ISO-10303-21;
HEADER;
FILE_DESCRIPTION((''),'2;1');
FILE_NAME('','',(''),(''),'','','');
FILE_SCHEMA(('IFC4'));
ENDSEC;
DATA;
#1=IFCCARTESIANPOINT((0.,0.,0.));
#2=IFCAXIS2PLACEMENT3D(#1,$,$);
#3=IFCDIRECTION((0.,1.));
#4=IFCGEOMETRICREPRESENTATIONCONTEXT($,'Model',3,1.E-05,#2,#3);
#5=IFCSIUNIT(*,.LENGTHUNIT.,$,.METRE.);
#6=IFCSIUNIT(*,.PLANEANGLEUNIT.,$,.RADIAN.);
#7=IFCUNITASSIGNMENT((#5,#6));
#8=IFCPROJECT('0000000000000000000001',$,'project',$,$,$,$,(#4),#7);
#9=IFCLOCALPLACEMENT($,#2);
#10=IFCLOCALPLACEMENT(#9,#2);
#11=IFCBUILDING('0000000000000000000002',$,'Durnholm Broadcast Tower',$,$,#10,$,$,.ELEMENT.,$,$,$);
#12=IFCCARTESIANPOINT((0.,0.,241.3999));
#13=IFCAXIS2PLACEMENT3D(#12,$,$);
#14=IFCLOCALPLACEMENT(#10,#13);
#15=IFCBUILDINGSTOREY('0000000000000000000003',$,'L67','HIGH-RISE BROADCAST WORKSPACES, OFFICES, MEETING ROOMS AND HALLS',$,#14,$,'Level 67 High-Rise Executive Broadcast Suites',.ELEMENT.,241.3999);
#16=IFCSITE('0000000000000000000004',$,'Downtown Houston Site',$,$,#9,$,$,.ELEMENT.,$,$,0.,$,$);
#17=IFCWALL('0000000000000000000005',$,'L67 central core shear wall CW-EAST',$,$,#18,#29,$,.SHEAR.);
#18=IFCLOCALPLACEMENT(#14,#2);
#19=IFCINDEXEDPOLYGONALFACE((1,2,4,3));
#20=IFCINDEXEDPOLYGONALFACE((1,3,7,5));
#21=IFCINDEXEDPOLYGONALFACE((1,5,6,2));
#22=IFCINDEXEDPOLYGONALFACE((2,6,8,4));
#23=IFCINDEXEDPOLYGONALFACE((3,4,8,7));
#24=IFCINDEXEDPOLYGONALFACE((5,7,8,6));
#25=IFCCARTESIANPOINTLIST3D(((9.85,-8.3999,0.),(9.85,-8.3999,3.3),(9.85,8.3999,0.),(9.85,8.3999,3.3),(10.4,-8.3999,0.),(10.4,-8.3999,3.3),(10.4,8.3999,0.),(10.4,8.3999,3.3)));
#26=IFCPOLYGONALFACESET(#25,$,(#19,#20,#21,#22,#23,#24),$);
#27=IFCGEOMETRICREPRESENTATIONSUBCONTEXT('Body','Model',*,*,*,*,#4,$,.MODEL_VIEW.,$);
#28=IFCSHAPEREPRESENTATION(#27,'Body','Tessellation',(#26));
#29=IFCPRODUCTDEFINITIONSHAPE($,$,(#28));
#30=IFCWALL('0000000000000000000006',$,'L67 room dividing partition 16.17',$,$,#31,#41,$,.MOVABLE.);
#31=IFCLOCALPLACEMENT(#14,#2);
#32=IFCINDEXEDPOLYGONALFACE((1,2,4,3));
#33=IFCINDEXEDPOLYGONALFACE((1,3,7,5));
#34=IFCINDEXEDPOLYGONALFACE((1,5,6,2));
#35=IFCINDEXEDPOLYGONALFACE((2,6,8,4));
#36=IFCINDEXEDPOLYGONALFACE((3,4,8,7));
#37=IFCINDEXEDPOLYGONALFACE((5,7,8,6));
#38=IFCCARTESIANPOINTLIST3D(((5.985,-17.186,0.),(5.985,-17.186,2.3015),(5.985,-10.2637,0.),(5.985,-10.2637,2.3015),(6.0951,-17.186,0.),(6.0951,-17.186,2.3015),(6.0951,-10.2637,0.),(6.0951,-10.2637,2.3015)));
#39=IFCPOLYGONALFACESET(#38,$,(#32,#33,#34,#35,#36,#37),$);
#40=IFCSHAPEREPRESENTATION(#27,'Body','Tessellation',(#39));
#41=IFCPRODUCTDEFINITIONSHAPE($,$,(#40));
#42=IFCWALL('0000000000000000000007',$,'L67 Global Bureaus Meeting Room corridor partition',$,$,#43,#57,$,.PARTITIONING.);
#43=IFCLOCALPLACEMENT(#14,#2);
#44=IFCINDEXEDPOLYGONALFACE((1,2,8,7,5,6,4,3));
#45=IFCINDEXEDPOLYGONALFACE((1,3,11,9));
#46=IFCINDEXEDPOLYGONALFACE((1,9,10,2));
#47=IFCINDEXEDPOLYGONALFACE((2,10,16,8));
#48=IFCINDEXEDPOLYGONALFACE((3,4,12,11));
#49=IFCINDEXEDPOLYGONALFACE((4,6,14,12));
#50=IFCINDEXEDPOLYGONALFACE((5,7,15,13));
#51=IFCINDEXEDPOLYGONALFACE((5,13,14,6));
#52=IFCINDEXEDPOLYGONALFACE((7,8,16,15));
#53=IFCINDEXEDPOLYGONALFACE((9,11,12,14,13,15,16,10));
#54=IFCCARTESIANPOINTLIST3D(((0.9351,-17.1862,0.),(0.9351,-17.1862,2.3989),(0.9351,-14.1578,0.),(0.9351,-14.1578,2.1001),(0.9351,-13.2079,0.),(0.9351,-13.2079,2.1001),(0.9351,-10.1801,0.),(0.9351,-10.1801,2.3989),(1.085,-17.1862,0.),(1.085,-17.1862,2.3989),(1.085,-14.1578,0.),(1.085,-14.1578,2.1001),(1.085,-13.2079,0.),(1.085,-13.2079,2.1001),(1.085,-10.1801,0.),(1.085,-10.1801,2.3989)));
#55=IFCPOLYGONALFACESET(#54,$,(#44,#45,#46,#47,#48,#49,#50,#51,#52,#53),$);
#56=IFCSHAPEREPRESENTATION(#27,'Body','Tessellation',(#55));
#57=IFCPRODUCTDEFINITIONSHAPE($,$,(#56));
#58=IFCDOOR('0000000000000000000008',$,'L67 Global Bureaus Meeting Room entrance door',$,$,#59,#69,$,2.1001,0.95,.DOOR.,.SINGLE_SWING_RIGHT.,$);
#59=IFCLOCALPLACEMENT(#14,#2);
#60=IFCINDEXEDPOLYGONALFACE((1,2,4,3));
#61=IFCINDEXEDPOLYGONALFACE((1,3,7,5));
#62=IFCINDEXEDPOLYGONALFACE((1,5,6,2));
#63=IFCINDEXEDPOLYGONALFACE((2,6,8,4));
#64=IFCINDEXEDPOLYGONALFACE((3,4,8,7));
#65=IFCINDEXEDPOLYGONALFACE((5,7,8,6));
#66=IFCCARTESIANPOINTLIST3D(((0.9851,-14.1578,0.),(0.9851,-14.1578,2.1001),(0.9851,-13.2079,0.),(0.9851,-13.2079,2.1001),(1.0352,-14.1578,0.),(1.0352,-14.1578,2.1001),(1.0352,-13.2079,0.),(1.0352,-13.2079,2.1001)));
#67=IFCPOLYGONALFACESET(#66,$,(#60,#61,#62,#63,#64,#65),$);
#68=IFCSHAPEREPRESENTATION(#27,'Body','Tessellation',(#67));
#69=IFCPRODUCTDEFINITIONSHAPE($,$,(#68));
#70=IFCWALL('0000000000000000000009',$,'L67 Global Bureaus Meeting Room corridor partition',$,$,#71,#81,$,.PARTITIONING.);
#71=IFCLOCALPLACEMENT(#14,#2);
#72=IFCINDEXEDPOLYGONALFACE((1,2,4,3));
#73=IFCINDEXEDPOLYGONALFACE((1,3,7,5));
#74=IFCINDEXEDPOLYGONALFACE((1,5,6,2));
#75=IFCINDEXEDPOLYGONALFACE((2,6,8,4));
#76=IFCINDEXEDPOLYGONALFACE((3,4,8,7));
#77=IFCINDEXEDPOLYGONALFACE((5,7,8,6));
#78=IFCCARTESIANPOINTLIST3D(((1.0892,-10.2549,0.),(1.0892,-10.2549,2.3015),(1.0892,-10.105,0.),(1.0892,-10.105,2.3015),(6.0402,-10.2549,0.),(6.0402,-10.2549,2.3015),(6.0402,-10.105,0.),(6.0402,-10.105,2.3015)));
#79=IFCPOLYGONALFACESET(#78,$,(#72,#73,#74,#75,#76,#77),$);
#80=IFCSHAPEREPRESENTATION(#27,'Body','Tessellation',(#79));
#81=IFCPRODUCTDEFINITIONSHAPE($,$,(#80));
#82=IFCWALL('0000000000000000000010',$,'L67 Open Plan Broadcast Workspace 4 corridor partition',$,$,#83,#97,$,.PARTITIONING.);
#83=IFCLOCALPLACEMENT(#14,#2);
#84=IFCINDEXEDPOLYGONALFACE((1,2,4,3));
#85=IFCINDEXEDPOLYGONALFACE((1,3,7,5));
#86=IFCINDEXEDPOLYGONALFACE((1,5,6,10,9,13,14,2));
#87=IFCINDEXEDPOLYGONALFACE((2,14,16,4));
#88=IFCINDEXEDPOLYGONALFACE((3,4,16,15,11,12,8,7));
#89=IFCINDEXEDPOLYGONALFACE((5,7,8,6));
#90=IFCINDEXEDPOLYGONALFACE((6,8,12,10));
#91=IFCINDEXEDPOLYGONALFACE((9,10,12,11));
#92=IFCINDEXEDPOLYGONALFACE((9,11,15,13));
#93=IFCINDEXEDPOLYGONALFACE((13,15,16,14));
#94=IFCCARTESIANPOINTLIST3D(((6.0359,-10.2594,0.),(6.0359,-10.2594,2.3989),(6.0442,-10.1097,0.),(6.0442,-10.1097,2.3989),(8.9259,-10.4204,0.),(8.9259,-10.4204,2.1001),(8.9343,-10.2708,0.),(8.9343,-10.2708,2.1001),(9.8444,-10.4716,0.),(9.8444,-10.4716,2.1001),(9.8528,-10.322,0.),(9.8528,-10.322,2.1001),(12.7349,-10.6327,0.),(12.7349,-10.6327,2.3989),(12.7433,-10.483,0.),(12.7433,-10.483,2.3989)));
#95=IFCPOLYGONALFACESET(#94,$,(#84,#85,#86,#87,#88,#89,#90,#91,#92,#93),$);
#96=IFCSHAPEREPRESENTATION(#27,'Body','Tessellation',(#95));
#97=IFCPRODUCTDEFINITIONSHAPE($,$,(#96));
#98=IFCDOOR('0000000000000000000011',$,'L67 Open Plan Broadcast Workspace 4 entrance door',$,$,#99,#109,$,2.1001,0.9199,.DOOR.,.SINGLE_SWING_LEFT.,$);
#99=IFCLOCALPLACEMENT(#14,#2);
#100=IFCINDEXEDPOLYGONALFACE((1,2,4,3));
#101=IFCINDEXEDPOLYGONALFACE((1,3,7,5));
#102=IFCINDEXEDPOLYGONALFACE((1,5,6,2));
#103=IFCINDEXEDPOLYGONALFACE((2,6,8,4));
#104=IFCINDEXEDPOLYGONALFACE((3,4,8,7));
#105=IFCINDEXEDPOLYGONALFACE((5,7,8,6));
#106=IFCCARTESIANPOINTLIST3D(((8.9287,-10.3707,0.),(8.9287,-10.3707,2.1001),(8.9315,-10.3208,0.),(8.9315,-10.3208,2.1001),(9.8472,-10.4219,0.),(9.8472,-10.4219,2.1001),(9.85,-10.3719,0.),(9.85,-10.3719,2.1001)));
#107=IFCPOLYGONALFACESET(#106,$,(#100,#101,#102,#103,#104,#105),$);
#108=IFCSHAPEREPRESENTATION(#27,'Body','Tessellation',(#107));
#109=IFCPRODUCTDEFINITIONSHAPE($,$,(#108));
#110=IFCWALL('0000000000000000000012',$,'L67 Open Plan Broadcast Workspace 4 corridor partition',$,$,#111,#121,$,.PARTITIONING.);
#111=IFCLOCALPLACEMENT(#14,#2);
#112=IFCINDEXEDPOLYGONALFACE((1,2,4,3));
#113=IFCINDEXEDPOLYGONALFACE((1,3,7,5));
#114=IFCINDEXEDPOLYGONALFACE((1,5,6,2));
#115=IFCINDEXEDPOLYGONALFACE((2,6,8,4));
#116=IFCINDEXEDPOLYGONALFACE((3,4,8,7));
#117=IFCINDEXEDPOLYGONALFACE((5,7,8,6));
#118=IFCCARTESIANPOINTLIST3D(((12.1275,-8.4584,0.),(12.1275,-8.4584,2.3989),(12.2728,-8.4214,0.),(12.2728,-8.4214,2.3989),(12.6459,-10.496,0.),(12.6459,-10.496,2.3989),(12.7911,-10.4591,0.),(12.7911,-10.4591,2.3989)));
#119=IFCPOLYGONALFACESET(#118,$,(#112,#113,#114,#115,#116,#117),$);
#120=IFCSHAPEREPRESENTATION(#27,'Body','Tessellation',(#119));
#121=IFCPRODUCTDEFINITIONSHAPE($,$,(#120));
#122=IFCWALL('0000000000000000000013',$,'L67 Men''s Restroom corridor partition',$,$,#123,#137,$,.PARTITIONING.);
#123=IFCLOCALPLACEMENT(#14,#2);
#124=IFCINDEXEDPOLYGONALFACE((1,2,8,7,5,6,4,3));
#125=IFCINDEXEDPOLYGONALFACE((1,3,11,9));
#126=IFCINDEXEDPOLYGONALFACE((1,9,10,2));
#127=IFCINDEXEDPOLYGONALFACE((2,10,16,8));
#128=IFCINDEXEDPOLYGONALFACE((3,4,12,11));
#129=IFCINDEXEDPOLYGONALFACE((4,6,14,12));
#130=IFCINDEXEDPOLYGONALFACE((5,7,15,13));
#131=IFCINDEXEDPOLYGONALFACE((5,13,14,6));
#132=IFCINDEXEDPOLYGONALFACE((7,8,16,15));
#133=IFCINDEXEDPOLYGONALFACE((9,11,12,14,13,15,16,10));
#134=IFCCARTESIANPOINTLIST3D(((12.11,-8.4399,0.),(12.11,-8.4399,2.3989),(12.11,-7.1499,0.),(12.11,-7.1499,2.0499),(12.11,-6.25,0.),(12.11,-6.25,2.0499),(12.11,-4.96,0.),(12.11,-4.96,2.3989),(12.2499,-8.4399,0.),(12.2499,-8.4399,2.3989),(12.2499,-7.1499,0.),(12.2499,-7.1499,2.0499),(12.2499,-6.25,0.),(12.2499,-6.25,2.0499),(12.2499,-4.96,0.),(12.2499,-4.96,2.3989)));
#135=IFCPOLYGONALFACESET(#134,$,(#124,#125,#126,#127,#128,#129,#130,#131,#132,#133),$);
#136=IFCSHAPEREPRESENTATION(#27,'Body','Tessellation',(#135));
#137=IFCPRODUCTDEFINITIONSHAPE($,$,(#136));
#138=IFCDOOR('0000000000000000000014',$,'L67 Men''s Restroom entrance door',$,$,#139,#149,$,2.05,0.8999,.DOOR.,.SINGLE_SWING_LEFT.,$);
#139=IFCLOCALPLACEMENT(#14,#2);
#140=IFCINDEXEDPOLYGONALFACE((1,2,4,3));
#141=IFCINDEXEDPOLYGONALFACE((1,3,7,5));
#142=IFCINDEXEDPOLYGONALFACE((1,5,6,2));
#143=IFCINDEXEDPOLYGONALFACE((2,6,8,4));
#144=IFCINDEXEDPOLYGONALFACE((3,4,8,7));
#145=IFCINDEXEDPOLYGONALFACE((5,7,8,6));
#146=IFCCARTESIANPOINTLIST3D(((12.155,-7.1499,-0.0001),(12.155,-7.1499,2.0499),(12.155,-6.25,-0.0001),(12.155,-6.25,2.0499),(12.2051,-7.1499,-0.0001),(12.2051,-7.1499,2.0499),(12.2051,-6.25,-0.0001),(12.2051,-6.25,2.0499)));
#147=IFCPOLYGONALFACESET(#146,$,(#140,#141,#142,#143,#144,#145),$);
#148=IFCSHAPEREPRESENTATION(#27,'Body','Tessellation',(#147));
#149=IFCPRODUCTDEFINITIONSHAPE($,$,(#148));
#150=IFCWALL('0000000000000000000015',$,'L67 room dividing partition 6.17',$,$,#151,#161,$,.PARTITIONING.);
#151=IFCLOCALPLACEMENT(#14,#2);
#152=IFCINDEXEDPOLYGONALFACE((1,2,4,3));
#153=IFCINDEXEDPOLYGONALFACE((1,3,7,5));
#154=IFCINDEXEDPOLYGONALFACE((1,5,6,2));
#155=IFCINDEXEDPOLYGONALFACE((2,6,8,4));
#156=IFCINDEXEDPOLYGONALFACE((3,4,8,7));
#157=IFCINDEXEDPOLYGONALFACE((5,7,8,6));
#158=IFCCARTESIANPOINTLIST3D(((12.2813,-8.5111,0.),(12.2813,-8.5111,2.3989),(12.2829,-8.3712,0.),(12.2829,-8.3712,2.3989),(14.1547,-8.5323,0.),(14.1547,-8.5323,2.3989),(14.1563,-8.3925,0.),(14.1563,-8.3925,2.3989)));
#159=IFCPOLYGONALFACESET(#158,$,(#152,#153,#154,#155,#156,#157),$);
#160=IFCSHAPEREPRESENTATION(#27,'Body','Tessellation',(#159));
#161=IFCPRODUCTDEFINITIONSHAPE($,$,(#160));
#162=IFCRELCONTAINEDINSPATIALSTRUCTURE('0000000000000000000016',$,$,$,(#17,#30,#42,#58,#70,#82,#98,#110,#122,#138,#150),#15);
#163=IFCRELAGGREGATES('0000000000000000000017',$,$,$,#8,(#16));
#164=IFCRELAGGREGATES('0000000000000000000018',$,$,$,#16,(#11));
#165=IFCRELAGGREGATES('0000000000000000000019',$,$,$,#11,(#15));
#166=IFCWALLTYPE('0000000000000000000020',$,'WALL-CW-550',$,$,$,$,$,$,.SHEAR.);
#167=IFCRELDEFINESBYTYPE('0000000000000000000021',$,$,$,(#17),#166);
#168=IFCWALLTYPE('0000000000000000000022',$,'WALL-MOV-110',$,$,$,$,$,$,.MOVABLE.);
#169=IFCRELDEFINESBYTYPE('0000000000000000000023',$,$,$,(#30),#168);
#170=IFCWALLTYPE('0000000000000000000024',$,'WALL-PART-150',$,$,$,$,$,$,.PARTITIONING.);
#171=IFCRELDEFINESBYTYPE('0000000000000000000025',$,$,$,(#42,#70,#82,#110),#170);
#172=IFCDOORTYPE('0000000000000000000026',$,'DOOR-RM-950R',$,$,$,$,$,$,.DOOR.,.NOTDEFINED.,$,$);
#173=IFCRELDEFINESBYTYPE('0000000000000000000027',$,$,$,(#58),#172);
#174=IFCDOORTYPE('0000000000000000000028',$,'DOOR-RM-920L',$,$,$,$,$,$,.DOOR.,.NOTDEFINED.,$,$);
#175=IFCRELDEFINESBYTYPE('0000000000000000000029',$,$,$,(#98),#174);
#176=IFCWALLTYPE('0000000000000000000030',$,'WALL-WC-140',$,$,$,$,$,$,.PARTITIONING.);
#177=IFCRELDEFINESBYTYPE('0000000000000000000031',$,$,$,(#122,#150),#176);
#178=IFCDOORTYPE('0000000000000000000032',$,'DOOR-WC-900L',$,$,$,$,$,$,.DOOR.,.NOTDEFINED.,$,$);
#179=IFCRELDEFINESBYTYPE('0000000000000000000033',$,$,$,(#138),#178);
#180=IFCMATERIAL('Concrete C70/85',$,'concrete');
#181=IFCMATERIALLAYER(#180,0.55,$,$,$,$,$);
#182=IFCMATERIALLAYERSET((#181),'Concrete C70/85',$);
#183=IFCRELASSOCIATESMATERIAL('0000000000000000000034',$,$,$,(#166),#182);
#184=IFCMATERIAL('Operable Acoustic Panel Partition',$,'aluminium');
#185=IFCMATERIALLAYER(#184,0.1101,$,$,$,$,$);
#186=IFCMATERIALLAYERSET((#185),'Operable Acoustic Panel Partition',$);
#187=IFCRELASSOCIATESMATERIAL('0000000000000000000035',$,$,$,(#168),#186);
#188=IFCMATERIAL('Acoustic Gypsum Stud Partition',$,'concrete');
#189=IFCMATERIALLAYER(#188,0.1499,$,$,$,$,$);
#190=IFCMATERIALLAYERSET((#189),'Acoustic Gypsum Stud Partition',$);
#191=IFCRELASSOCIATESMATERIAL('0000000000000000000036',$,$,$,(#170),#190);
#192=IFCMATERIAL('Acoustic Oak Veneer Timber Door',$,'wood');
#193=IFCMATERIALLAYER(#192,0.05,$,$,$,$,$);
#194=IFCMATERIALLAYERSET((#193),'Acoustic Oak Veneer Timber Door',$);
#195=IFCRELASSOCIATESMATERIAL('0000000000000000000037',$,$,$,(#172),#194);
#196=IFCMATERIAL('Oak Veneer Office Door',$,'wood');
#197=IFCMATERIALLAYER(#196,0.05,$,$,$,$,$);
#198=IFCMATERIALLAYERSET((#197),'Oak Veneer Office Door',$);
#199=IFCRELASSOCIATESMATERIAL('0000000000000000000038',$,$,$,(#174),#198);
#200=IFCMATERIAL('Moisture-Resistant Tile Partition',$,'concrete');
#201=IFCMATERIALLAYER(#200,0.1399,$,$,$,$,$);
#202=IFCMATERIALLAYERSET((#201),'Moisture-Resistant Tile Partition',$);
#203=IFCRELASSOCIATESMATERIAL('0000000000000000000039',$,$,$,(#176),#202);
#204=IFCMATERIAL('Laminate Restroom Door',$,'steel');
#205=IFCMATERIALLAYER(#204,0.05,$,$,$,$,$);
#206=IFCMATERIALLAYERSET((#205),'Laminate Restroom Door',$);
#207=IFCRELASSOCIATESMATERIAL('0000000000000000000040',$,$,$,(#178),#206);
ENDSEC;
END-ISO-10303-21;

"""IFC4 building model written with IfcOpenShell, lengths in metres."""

from ifc_helpers import new_model, si_unit, direction, frame, frame_2d, origin, place, context, subcontext, project, spatial, rectangle, extrude, source, transform, mapped, material, layer, layer_set, type_object, type_shapes, element, fill, save


model = new_model("IFC4")

# Units and contexts
model_context = context("Model", 3, precision=1e-05, world=origin(), true_north=direction((0.0, 1.0)))
body_context = subcontext(model_context, "Body", "Model", "MODEL_VIEW")
ifc_project = project(units=[si_unit("LENGTHUNIT", "METRE"), si_unit("PLANEANGLEUNIT", "RADIAN")], contexts=[model_context])

# Site, building, storey
site_placement = place(None, origin())
site = spatial("IfcSite", under=ifc_project, at=site_placement, Name="Downtown Houston Site", CompositionType="ELEMENT", RefElevation=0.0)
building_placement = place(site_placement, origin())
building = spatial("IfcBuilding", under=site, at=building_placement, Name="Durnholm Broadcast Tower", CompositionType="ELEMENT")
storey_placement = place(building_placement, frame((0.0, 0.0, 241.3999)))
storey = spatial("IfcBuildingStorey", under=building, at=storey_placement, Name="L67", Description="HIGH-RISE BROADCAST WORKSPACES, OFFICES, MEETING ROOMS AND HALLS", LongName="Level 67 High-Rise Executive Broadcast Suites", CompositionType="ELEMENT", Elevation=241.3999)

# Shared definitions
ifc_material_1 = material(Name="Concrete C70/85", Category="concrete")

# Walls
ifc_layer_1 = layer(ifc_material_1, 0.55)
ifc_layer_set_1 = layer_set([ifc_layer_1], Name="Concrete C70/85")
wall_type_1 = type_object("IfcWallType", Name="WALL-CW-550", PredefinedType="SHEAR", material=ifc_layer_set_1)
wall_1_placement = place(storey_placement, frame((10.125, -8.3999, 0.0), z_axis=(0.0, 0.0, 1.0), x_axis=(0.0, 1.0, 0.0)))
element("IfcWall", 1, at=wall_1_placement, inside=storey, type_object=wall_type_1, Name="L67 central core shear wall CW-EAST", PredefinedType="SHEAR", context=body_context, shape_type="SweptSolid", body=[
    extrude(rectangle(XDim=16.7998, YDim=0.55, at=frame_2d((8.3999, 0.0))), origin(), (0.0, 0.0, 1.0), 3.3),
])
ifc_material_2 = material(Name="Operable Acoustic Panel Partition", Category="aluminium")
ifc_layer_2 = layer(ifc_material_2, 0.1101)
ifc_layer_set_2 = layer_set([ifc_layer_2], Name="Operable Acoustic Panel Partition")
wall_type_2 = type_object("IfcWallType", Name="WALL-MOV-110", PredefinedType="MOVABLE", material=ifc_layer_set_2)
wall_2_placement = place(storey_placement, frame((6.04, -10.2637, 0.0), z_axis=(0.0, 0.0, 1.0), x_axis=(0.0, -1.0, 0.0)))
element("IfcWall", 2, at=wall_2_placement, inside=storey, type_object=wall_type_2, Name="L67 room dividing partition 16.17", PredefinedType="MOVABLE", context=body_context, shape_type="SweptSolid", body=[
    extrude(rectangle(XDim=6.9224, YDim=0.1101, at=frame_2d((3.4612, 0.0))), origin(), (0.0, 0.0, 1.0), 2.3015),
])

# Wall, opening, door
ifc_material_3 = material(Name="Acoustic Gypsum Stud Partition", Category="concrete")
ifc_layer_3 = layer(ifc_material_3, 0.1499)
ifc_layer_set_3 = layer_set([ifc_layer_3], Name="Acoustic Gypsum Stud Partition")
wall_type_3 = type_object("IfcWallType", Name="WALL-PART-150", PredefinedType="PARTITIONING", material=ifc_layer_set_3)
wall_3_placement = place(storey_placement, frame((1.01, -17.186, 0.0), z_axis=(0.0, 0.0, 1.0), x_axis=(0.0, 1.0, 0.0)))
wall_3 = element("IfcWall", 3, at=wall_3_placement, inside=storey, type_object=wall_type_3, Name="L67 Global Bureaus Meeting Room corridor partition", PredefinedType="PARTITIONING", context=body_context, shape_type="SweptSolid", body=[
    extrude(rectangle(XDim=7.0061, YDim=0.1499, at=frame_2d((3.5029, 0.0))), origin(), (0.0, 0.0, 1.0), 2.3989),
])
opening_1_placement = place(wall_3_placement, frame((3.0281, 0.0, 0.0)))
opening_1 = element("IfcOpeningElement", 4, at=opening_1_placement, cuts=wall_3, PredefinedType="OPENING", context=body_context, shape_type="SweptSolid", body=[
    extrude(rectangle(XDim=0.95, YDim=2.1001, at=frame_2d((0.4751, 1.05))), frame((0.0, 0.085, 0.0), z_axis=(0.0, -1.0, 0.0), x_axis=(1.0, 0.0, 0.0)), (0.0, 0.0, 1.0), 0.1699),
])
ifc_material_4 = material(Name="Acoustic Oak Veneer Timber Door", Category="wood")
ifc_layer_4 = layer(ifc_material_4, 0.05)
ifc_layer_set_4 = layer_set([ifc_layer_4], Name="Acoustic Oak Veneer Timber Door")
door_type_1 = type_object("IfcDoorType", Name="DOOR-RM-950R", OperationType="NOTDEFINED", PredefinedType="DOOR", material=ifc_layer_set_4)
shared_shape_1 = source(origin(), body_context, "Body", "SweptSolid", [
    extrude(rectangle(XDim=0.95, YDim=2.1001, at=frame_2d((0.4751, 1.05))), frame((0.0, 0.0249, 0.0), z_axis=(0.0, -1.0, 0.0), x_axis=(1.0, 0.0, 0.0)), (0.0, 0.0, 1.0), 0.05),
])
type_shapes(door_type_1, [shared_shape_1])
door_1_placement = place(opening_1_placement, origin())
door_1 = element("IfcDoor", 5, at=door_1_placement, inside=storey, type_object=door_type_1, Name="L67 Global Bureaus Meeting Room entrance door", OperationType="SINGLE_SWING_RIGHT", OverallHeight=2.1001, OverallWidth=0.95, PredefinedType="DOOR", context=body_context, shape_type="MappedRepresentation", body=[
    mapped(shared_shape_1, transform((0.0, 0.0, 0.0), x_axis=(1.0, 0.0, 0.0), y_axis=(0.0, 1.0, 0.0), z_axis=(0.0, 0.0, 1.0), scale=1.0)),
])
fill(opening_1, door_1)

# Wall
wall_4_placement = place(storey_placement, frame((1.0891, -10.1799, 0.0), z_axis=(0.0, 0.0, 1.0), x_axis=(1.0, 0.0, 0.0)))
element("IfcWall", 6, at=wall_4_placement, inside=storey, type_object=wall_type_3, Name="L67 Global Bureaus Meeting Room corridor partition", PredefinedType="PARTITIONING", context=body_context, shape_type="SweptSolid", body=[
    extrude(rectangle(XDim=4.9509, YDim=0.1499, at=frame_2d((2.4756, 0.0))), origin(), (0.0, 0.0, 1.0), 2.3015),
])

# Wall, opening, door
wall_5_placement = place(storey_placement, frame((6.04, -10.1846, 0.0), z_axis=(0.0, 0.0, 1.0), x_axis=(0.998451, -0.055637, 0.0)))
wall_5 = element("IfcWall", 7, at=wall_5_placement, inside=storey, type_object=wall_type_3, Name="L67 Open Plan Broadcast Workspace 4 corridor partition", PredefinedType="PARTITIONING", context=body_context, shape_type="SweptSolid", body=[
    extrude(rectangle(XDim=6.7095, YDim=0.1499, at=frame_2d((3.3547, 0.0))), origin(), (0.0, 0.0, 1.0), 2.3989),
])
opening_2_placement = place(wall_5_placement, frame((2.8945, 0.0, 0.0)))
opening_2 = element("IfcOpeningElement", 8, at=opening_2_placement, cuts=wall_5, PredefinedType="OPENING", context=body_context, shape_type="SweptSolid", body=[
    extrude(rectangle(XDim=0.9199, YDim=2.1001, at=frame_2d((0.46, 1.05))), frame((0.0, 0.085, 0.0), z_axis=(0.0, -1.0, 0.0), x_axis=(1.0, 0.0, 0.0)), (0.0, 0.0, 1.0), 0.1699),
])
ifc_material_5 = material(Name="Oak Veneer Office Door", Category="wood")
ifc_layer_5 = layer(ifc_material_5, 0.05)
ifc_layer_set_5 = layer_set([ifc_layer_5], Name="Oak Veneer Office Door")
door_type_2 = type_object("IfcDoorType", Name="DOOR-RM-920L", OperationType="NOTDEFINED", PredefinedType="DOOR", material=ifc_layer_set_5)
shared_shape_2 = source(origin(), body_context, "Body", "SweptSolid", [
    extrude(rectangle(XDim=0.9199, YDim=2.1001, at=frame_2d((0.46, 1.05))), frame((0.0, 0.0249, 0.0), z_axis=(0.0, -1.0, 0.0), x_axis=(1.0, 0.0, 0.0)), (0.0, 0.0, 1.0), 0.05),
])
type_shapes(door_type_2, [shared_shape_2])
door_2_placement = place(opening_2_placement, origin())
door_2 = element("IfcDoor", 9, at=door_2_placement, inside=storey, type_object=door_type_2, Name="L67 Open Plan Broadcast Workspace 4 entrance door", OperationType="SINGLE_SWING_LEFT", OverallHeight=2.1001, OverallWidth=0.9199, PredefinedType="DOOR", context=body_context, shape_type="MappedRepresentation", body=[
    mapped(shared_shape_2, transform((0.0, 0.0, 0.0), x_axis=(1.0, 0.0, 0.0), y_axis=(0.0, 1.0, 0.0), z_axis=(0.0, 0.0, 1.0), scale=1.0)),
])
fill(opening_2, door_2)

# Wall
wall_6_placement = place(storey_placement, frame((12.7185, -10.4775, 0.0), z_axis=(0.0, 0.0, 1.0), x_axis=(-0.246523, 0.969137, 0.0)))
element("IfcWall", 10, at=wall_6_placement, inside=storey, type_object=wall_type_3, Name="L67 Open Plan Broadcast Workspace 4 corridor partition", PredefinedType="PARTITIONING", context=body_context, shape_type="SweptSolid", body=[
    extrude(rectangle(XDim=2.1025, YDim=0.1499, at=frame_2d((1.0513, 0.0))), origin(), (0.0, 0.0, 1.0), 2.3989),
])

# Wall, opening, door
ifc_material_6 = material(Name="Moisture-Resistant Tile Partition", Category="concrete")
ifc_layer_6 = layer(ifc_material_6, 0.1399)
ifc_layer_set_6 = layer_set([ifc_layer_6], Name="Moisture-Resistant Tile Partition")
wall_type_4 = type_object("IfcWallType", Name="WALL-WC-140", PredefinedType="PARTITIONING", material=ifc_layer_set_6)
wall_7_placement = place(storey_placement, frame((12.1799, -8.4399, 0.0), z_axis=(0.0, 0.0, 1.0), x_axis=(0.0, 1.0, 0.0)))
wall_7 = element("IfcWall", 11, at=wall_7_placement, inside=storey, type_object=wall_type_4, Name="L67 Men's Restroom corridor partition", PredefinedType="PARTITIONING", context=body_context, shape_type="SweptSolid", body=[
    extrude(rectangle(XDim=3.48, YDim=0.1399, at=frame_2d((1.74, 0.0))), origin(), (0.0, 0.0, 1.0), 2.3989),
])
opening_3_placement = place(wall_7_placement, frame((1.29, 0.0, 0.0)))
opening_3 = element("IfcOpeningElement", 12, at=opening_3_placement, cuts=wall_7, PredefinedType="OPENING", context=body_context, shape_type="SweptSolid", body=[
    extrude(rectangle(XDim=0.8999, YDim=2.05, at=frame_2d((0.45, 1.0249))), frame((0.0, 0.0801, 0.0), z_axis=(0.0, -1.0, 0.0), x_axis=(1.0, 0.0, 0.0)), (0.0, 0.0, 1.0), 0.1599),
])
ifc_material_7 = material(Name="Laminate Restroom Door", Category="steel")
ifc_layer_7 = layer(ifc_material_7, 0.05)
ifc_layer_set_7 = layer_set([ifc_layer_7], Name="Laminate Restroom Door")
door_type_3 = type_object("IfcDoorType", Name="DOOR-WC-900L", OperationType="NOTDEFINED", PredefinedType="DOOR", material=ifc_layer_set_7)
shared_shape_3 = source(origin(), body_context, "Body", "SweptSolid", [
    extrude(rectangle(XDim=0.8999, YDim=2.05, at=frame_2d((0.45, 1.0249))), frame((0.0, 0.0249, 0.0), z_axis=(0.0, -1.0, 0.0), x_axis=(1.0, 0.0, 0.0)), (0.0, 0.0, 1.0), 0.05),
])
type_shapes(door_type_3, [shared_shape_3])
door_3_placement = place(opening_3_placement, origin())
door_3 = element("IfcDoor", 13, at=door_3_placement, inside=storey, type_object=door_type_3, Name="L67 Men's Restroom entrance door", OperationType="SINGLE_SWING_LEFT", OverallHeight=2.05, OverallWidth=0.8999, PredefinedType="DOOR", context=body_context, shape_type="MappedRepresentation", body=[
    mapped(shared_shape_3, transform((0.0, 0.0, 0.0), x_axis=(1.0, 0.0, 0.0), y_axis=(0.0, 1.0, 0.0), z_axis=(0.0, 0.0, 1.0), scale=1.0)),
])
fill(opening_3, door_3)

# Wall
wall_8_placement = place(storey_placement, frame((14.1555, -8.4624, 0.0), z_axis=(0.0, 0.0, 1.0), x_axis=(-0.999936, 0.011336, 0.0)))
element("IfcWall", 14, at=wall_8_placement, inside=storey, type_object=wall_type_4, Name="L67 room dividing partition 6.17", PredefinedType="PARTITIONING", context=body_context, shape_type="SweptSolid", body=[
    extrude(rectangle(XDim=1.8735, YDim=0.1399, at=frame_2d((0.9368, 0.0))), origin(), (0.0, 0.0, 1.0), 2.3989),
])

save(model, "model.ifc")
